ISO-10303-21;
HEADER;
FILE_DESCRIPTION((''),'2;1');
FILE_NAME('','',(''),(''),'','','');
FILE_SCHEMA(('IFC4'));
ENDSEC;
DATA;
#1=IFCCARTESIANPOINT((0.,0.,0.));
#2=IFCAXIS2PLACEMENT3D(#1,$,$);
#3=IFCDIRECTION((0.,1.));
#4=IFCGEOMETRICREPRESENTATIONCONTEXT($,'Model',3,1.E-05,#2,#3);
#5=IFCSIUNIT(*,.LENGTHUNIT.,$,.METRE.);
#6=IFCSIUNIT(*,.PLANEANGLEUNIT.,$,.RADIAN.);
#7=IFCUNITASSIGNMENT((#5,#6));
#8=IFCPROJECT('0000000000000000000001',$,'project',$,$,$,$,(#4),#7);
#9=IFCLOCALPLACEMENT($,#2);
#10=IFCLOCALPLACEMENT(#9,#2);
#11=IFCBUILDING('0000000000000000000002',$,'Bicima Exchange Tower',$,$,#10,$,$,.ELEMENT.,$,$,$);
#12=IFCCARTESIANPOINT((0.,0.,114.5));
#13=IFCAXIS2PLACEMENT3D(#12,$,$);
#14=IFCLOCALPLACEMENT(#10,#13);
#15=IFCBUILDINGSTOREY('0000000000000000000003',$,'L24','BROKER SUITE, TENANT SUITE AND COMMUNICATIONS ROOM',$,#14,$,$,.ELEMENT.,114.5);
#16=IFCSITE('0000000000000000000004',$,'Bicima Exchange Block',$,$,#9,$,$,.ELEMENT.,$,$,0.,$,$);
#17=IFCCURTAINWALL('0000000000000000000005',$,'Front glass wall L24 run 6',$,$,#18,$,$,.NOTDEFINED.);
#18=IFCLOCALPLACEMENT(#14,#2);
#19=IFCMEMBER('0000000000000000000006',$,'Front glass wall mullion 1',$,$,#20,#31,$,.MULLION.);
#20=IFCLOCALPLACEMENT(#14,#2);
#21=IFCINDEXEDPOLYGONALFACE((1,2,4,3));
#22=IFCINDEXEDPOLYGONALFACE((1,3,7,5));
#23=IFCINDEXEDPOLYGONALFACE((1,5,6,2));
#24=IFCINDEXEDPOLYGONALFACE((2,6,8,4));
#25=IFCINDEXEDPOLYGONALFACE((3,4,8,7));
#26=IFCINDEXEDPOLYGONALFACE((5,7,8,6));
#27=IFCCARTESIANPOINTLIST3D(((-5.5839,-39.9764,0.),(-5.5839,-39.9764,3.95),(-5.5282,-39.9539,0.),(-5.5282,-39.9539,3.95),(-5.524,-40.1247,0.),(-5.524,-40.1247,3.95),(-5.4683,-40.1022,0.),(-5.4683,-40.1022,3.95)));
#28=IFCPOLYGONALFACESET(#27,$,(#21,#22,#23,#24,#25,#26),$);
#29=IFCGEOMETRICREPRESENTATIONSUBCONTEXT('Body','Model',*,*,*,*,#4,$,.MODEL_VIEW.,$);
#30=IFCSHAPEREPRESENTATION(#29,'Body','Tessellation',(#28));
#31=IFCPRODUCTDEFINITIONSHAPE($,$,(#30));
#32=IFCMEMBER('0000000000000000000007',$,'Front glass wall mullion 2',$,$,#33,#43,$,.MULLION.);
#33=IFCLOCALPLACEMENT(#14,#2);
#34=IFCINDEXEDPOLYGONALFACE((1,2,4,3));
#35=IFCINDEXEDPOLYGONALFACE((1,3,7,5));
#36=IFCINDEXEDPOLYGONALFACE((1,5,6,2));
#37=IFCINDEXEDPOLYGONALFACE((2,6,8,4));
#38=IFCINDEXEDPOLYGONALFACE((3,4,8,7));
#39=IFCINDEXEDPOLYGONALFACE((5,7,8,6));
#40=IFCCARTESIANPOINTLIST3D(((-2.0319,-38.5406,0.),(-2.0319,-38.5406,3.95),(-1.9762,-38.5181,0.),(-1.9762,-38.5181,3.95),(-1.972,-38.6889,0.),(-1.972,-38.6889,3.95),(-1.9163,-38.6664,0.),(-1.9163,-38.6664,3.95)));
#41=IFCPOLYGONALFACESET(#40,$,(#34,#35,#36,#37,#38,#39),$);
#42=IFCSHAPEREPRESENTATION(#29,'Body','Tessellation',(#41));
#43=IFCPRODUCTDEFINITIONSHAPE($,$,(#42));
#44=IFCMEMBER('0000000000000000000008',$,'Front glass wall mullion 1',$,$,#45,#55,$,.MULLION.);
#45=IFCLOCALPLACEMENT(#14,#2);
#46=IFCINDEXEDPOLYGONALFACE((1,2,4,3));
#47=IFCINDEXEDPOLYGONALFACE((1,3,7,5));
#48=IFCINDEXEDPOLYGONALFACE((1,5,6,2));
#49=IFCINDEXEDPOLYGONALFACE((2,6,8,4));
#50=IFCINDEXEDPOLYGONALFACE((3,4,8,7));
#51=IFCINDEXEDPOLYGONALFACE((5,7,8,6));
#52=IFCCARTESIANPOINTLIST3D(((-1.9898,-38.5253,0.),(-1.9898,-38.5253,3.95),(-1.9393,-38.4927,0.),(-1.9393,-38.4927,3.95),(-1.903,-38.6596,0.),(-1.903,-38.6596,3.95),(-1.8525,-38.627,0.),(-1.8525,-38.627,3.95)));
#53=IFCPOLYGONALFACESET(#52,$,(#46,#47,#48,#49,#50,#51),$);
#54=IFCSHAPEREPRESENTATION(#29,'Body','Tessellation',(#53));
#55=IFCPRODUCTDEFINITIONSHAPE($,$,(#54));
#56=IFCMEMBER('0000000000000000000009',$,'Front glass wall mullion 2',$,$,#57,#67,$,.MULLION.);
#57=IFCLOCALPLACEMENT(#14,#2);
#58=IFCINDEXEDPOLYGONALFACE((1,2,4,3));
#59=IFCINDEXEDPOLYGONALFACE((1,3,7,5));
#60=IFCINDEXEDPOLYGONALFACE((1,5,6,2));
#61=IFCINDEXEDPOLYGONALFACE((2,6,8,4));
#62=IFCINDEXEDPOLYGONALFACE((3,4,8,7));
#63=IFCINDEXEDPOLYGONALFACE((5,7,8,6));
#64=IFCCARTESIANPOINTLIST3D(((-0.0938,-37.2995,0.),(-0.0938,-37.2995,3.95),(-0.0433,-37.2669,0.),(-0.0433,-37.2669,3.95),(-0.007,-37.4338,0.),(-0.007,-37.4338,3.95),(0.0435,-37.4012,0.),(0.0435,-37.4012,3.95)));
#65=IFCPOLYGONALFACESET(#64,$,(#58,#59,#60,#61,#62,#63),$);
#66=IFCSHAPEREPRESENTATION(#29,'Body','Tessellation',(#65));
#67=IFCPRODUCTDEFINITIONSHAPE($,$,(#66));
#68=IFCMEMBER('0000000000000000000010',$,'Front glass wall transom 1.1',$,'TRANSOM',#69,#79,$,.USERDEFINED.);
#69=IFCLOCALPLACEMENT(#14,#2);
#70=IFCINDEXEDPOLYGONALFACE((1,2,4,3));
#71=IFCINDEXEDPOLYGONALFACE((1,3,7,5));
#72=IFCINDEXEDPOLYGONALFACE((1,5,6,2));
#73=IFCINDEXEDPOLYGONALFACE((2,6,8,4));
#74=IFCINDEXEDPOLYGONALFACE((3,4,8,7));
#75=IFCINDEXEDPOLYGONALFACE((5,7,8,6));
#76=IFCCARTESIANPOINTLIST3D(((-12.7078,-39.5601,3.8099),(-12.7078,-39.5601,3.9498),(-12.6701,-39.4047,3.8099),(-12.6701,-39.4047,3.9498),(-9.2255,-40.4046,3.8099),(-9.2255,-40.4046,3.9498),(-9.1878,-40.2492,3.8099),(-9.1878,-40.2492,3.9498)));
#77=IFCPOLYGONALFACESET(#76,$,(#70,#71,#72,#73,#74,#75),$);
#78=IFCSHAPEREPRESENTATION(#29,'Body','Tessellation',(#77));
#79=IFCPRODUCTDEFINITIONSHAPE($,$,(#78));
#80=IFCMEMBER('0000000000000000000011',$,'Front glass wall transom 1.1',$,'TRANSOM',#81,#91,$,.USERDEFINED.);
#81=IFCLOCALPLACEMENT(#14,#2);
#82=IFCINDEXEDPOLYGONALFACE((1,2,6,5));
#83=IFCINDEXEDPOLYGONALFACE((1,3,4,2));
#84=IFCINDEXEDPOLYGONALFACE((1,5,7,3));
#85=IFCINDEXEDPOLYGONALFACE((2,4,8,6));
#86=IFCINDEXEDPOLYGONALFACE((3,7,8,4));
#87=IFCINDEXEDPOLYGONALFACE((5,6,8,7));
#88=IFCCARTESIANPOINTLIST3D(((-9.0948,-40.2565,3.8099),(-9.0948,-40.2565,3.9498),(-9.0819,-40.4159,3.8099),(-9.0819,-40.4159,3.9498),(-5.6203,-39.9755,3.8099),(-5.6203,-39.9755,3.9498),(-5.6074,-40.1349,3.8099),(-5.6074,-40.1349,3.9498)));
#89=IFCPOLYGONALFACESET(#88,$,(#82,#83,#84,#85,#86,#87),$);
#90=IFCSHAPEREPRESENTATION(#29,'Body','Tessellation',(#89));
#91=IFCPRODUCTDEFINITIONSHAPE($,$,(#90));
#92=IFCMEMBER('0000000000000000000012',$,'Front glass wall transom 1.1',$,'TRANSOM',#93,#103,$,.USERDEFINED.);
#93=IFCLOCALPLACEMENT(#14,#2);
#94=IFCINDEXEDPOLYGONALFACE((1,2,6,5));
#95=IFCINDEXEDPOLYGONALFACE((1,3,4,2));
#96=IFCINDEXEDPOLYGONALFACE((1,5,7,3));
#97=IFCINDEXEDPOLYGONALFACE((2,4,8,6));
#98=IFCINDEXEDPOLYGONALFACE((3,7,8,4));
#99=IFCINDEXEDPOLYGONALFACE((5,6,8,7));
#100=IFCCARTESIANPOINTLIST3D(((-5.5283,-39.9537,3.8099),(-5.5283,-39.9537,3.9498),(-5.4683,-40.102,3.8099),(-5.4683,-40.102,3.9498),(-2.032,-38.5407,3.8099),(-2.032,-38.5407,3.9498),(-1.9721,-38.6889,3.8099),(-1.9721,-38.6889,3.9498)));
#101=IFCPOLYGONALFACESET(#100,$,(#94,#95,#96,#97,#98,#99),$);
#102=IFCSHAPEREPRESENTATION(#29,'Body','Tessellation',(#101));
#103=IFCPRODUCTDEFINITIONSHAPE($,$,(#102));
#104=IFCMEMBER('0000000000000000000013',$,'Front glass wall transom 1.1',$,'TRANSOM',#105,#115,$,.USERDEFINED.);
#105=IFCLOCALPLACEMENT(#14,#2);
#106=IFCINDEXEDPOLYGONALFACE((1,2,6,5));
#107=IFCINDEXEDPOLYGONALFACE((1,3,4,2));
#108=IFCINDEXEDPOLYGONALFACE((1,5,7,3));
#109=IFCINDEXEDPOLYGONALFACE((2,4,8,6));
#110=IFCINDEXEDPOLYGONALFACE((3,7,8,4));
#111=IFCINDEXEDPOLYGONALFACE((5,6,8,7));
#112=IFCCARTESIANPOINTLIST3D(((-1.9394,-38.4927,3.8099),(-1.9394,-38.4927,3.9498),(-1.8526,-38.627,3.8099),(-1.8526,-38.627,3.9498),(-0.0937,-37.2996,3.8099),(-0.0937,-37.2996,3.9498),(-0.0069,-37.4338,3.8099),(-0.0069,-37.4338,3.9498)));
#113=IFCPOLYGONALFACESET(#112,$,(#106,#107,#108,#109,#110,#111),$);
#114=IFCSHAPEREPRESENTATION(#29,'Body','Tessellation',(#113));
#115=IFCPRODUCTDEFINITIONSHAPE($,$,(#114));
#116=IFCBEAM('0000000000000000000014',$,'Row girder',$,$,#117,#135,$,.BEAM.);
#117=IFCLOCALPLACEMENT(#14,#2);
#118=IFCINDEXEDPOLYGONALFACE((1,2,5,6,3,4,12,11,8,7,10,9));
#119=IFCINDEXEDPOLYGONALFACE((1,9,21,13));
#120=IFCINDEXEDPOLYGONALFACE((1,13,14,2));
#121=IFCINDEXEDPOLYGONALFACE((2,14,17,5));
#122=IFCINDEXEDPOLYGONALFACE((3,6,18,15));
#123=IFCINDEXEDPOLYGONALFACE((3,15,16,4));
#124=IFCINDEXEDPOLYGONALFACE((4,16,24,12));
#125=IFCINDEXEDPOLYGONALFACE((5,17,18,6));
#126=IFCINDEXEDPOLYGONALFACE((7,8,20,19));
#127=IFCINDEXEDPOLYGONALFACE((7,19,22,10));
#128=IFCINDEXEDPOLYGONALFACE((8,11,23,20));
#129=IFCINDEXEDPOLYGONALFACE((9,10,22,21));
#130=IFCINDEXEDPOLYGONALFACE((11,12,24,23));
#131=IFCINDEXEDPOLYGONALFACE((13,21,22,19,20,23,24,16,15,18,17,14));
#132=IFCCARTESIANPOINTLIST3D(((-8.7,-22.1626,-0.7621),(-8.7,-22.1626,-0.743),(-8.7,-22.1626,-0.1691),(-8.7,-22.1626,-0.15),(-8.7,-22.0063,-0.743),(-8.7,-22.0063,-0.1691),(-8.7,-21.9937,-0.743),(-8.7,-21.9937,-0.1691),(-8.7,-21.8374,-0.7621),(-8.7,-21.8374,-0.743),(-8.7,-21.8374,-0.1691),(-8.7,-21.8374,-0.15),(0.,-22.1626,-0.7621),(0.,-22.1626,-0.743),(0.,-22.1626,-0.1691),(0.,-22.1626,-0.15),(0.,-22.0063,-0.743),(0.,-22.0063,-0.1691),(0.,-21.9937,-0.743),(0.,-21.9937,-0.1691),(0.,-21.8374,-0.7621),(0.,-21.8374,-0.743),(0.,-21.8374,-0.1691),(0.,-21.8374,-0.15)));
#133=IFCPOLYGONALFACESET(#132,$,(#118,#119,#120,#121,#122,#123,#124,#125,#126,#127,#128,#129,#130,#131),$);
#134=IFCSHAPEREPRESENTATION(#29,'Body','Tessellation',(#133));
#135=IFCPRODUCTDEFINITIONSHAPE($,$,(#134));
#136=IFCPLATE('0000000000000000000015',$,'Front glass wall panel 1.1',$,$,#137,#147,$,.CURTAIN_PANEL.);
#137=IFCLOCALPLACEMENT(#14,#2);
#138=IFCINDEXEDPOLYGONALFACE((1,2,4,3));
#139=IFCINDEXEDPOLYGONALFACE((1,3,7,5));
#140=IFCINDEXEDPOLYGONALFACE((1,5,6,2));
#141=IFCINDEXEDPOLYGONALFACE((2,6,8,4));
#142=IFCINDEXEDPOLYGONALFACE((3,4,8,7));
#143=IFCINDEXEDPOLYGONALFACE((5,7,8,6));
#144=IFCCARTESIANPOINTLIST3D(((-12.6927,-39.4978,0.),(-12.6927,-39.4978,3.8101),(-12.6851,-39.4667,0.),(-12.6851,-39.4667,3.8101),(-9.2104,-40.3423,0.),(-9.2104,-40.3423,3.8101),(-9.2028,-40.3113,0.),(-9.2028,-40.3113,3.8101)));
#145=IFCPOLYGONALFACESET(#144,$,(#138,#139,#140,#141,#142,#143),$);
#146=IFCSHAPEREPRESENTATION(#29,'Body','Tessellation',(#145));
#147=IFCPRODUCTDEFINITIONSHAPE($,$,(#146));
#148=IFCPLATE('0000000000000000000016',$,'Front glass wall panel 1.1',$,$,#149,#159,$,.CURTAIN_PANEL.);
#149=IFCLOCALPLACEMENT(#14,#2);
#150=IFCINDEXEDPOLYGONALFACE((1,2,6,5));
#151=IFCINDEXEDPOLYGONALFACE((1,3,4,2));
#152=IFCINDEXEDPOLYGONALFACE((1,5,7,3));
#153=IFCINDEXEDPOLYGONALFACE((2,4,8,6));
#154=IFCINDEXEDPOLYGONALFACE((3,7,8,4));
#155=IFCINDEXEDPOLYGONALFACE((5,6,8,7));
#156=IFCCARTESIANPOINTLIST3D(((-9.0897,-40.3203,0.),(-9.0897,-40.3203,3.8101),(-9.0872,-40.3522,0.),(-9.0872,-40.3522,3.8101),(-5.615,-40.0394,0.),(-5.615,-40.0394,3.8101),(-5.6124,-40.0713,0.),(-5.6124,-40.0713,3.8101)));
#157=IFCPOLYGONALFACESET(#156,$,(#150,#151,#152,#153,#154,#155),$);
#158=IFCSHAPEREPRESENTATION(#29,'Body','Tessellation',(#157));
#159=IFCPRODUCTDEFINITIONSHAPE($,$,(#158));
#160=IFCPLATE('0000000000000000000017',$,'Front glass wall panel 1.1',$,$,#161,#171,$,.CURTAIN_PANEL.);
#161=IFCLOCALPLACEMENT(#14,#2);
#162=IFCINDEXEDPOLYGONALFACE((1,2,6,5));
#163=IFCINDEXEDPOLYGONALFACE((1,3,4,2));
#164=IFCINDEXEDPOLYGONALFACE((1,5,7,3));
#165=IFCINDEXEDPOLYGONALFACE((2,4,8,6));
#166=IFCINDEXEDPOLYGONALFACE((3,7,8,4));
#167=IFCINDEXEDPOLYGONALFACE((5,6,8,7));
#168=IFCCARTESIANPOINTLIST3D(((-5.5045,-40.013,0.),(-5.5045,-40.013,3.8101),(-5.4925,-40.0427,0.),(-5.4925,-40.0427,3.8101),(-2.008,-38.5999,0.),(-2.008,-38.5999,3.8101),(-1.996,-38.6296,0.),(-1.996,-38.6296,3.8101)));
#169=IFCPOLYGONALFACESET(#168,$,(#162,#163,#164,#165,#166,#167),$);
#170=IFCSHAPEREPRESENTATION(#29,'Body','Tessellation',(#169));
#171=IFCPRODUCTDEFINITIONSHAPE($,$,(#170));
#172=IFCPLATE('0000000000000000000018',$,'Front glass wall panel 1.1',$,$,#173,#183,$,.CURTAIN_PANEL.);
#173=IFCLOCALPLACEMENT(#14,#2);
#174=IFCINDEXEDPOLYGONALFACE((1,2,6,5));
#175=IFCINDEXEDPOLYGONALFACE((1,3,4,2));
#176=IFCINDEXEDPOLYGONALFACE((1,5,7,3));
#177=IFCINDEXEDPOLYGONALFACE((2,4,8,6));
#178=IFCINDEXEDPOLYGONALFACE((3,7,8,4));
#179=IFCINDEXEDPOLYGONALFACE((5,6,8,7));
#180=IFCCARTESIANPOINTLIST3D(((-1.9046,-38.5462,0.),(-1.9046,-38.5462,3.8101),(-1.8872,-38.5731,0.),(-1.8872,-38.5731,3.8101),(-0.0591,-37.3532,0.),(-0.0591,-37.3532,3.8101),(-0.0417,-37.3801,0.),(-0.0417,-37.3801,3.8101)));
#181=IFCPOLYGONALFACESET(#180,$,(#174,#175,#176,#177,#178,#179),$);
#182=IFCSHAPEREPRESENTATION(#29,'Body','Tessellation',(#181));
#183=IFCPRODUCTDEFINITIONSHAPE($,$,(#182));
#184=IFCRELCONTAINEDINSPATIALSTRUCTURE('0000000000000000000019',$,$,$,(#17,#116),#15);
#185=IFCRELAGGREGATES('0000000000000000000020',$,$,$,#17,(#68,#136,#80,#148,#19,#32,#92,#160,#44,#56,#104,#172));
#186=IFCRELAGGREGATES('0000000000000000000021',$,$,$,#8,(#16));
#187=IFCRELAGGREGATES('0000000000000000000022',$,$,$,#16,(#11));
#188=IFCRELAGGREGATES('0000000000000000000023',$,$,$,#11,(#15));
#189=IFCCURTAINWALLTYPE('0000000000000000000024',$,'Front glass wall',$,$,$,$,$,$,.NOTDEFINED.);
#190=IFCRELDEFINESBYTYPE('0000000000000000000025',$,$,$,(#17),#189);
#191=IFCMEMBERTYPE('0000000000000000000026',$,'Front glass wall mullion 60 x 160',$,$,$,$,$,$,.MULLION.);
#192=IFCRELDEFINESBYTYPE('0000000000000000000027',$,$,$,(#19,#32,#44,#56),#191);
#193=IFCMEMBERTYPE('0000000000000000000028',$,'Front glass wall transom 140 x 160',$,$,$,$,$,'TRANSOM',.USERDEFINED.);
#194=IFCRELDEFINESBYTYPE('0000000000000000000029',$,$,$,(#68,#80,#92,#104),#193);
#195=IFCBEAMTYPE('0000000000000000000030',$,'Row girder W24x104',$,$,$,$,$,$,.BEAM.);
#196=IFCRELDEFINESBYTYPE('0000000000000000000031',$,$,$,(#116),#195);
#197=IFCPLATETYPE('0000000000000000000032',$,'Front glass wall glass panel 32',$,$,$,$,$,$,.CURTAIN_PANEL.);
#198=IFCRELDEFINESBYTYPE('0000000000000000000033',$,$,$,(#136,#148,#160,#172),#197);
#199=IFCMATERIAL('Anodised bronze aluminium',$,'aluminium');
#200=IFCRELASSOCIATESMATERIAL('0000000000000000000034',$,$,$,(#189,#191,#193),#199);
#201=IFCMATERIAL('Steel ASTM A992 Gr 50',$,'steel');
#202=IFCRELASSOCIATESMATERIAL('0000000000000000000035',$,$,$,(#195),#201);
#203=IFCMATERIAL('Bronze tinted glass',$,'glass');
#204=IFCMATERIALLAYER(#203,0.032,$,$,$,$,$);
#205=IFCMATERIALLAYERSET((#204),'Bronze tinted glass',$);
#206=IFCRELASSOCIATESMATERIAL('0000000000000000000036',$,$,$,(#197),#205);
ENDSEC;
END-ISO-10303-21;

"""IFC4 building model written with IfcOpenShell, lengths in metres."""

from ifc_helpers import new_model, si_unit, direction, frame, origin, origin_2d, place, context, subcontext, project, spatial, rectangle, i_section, extrude, material, layer, layer_set, material_profile, profile_set, type_object, element, aggregate, save


model = new_model("IFC4")

# Units and contexts
model_context = context("Model", 3, precision=1e-05, world=origin(), true_north=direction((0.0, 1.0)))
body_context = subcontext(model_context, "Body", "Model", "MODEL_VIEW")
ifc_project = project(units=[si_unit("LENGTHUNIT", "METRE"), si_unit("PLANEANGLEUNIT", "RADIAN")], contexts=[model_context])

# Site, building, storey
site_placement = place(None, origin())
site = spatial("IfcSite", under=ifc_project, at=site_placement, Name="Bicima Exchange Block", CompositionType="ELEMENT", RefElevation=0.0)
building_placement = place(site_placement, origin())
building = spatial("IfcBuilding", under=site, at=building_placement, Name="Bicima Exchange Tower", CompositionType="ELEMENT")
storey_placement = place(building_placement, frame((0.0, 0.0, 114.5)))
storey = spatial("IfcBuildingStorey", under=building, at=storey_placement, Name="L24", Description="BROKER SUITE, TENANT SUITE AND COMMUNICATIONS ROOM", CompositionType="ELEMENT", Elevation=114.5)

# Shared definitions
ifc_material_1 = material(Name="Steel ASTM A992 Gr 50", Category="steel")

# Curtain wall, members
ifc_material_2 = material(Name="Anodised bronze aluminium", Category="aluminium")
curtain_wall_type = type_object("IfcCurtainWallType", Name="Front glass wall", PredefinedType="NOTDEFINED", material=ifc_material_2)
curtain_wall_placement = place(storey_placement, origin())
curtain_wall = element("IfcCurtainWall", 1, at=curtain_wall_placement, inside=storey, type_object=curtain_wall_type, Name="Front glass wall L24 run 6", PredefinedType="NOTDEFINED")
ifc_material_profile_1 = material_profile(ifc_material_2, rectangle(XDim=0.1599, YDim=0.0601, at=origin_2d()))
ifc_profile_set_1 = profile_set([ifc_material_profile_1], Name="Anodised bronze aluminium")
member_type_1 = type_object("IfcMemberType", Name="Front glass wall mullion 60 x 160", PredefinedType="MULLION", material=ifc_profile_set_1)
member_1_placement = place(storey_placement, frame((-5.5261, -40.0393, 0.0), z_axis=(0.0, 0.0, 1.0), x_axis=(-0.374705, 0.927144, 0.0)))
member_1 = element("IfcMember", 2, at=member_1_placement, type_object=member_type_1, Name="Front glass wall mullion 1", PredefinedType="MULLION", context=body_context, shape_type="SweptSolid", body=[
    extrude(rectangle(XDim=0.1599, YDim=0.0601, at=origin_2d()), origin(), (0.0, 0.0, 1.0), 3.95),
])
member_2_placement = place(storey_placement, frame((-1.9741, -38.6035, 0.0), z_axis=(0.0, 0.0, 1.0), x_axis=(-0.374705, 0.927144, 0.0)))
member_2 = element("IfcMember", 3, at=member_2_placement, type_object=member_type_1, Name="Front glass wall mullion 2", PredefinedType="MULLION", context=body_context, shape_type="SweptSolid", body=[
    extrude(rectangle(XDim=0.1599, YDim=0.0601, at=origin_2d()), origin(), (0.0, 0.0, 1.0), 3.95),
])
member_3_placement = place(storey_placement, frame((-1.9211, -38.5762, 0.0), z_axis=(0.0, 0.0, 1.0), x_axis=(-0.542897, 0.839799, 0.0)))
member_3 = element("IfcMember", 4, at=member_3_placement, type_object=member_type_1, Name="Front glass wall mullion 1", PredefinedType="MULLION", context=body_context, shape_type="SweptSolid", body=[
    extrude(rectangle(XDim=0.1599, YDim=0.0601, at=origin_2d()), origin(), (0.0, 0.0, 1.0), 3.95),
])
member_4_placement = place(storey_placement, frame((-0.0251, -37.3503, 0.0), z_axis=(0.0, 0.0, 1.0), x_axis=(-0.542897, 0.839799, 0.0)))
member_4 = element("IfcMember", 5, at=member_4_placement, type_object=member_type_1, Name="Front glass wall mullion 2", PredefinedType="MULLION", context=body_context, shape_type="SweptSolid", body=[
    extrude(rectangle(XDim=0.1599, YDim=0.0601, at=origin_2d()), origin(), (0.0, 0.0, 1.0), 3.95),
])
ifc_material_profile_2 = material_profile(ifc_material_2, rectangle(XDim=0.1599, YDim=0.1399, at=origin_2d()))
ifc_profile_set_2 = profile_set([ifc_material_profile_2], Name="Anodised bronze aluminium")
member_type_2 = type_object("IfcMemberType", Name="Front glass wall transom 140 x 160", ElementType="TRANSOM", PredefinedType="USERDEFINED", material=ifc_profile_set_2)
member_5_placement = place(storey_placement, frame((-12.689, -39.4824, 3.8799), z_axis=(0.971834, -0.235668, 0.0), x_axis=(0.235668, 0.971834, 0.0)))
member_5 = element("IfcMember", 6, at=member_5_placement, type_object=member_type_2, Name="Front glass wall transom 1.1", ObjectType="TRANSOM", PredefinedType="USERDEFINED", context=body_context, shape_type="SweptSolid", body=[
    extrude(rectangle(XDim=0.1599, YDim=0.1399, at=origin_2d()), origin(), (0.0, 0.0, 1.0), 3.5833),
])
member_6_placement = place(storey_placement, frame((-9.0884, -40.3362, 3.8799), z_axis=(0.996746, 0.080611, 0.0), x_axis=(-0.080611, 0.996746, 0.0)))
member_6 = element("IfcMember", 7, at=member_6_placement, type_object=member_type_2, Name="Front glass wall transom 1.1", ObjectType="TRANSOM", PredefinedType="USERDEFINED", context=body_context, shape_type="SweptSolid", body=[
    extrude(rectangle(XDim=0.1599, YDim=0.1399, at=origin_2d()), origin(), (0.0, 0.0, 1.0), 3.4858),
])
member_7_placement = place(storey_placement, frame((-5.4983, -40.0278, 3.8799), z_axis=(0.92714, 0.374715, 0.0), x_axis=(-0.374715, 0.92714, 0.0)))
member_7 = element("IfcMember", 8, at=member_7_placement, type_object=member_type_2, Name="Front glass wall transom 1.1", ObjectType="TRANSOM", PredefinedType="USERDEFINED", context=body_context, shape_type="SweptSolid", body=[
    extrude(rectangle(XDim=0.1599, YDim=0.1399, at=origin_2d()), origin(), (0.0, 0.0, 1.0), 3.771),
])
member_8_placement = place(storey_placement, frame((-1.896, -38.5598, 3.8799), z_axis=(0.839811, 0.542878, 0.0), x_axis=(-0.542878, 0.839811, 0.0)))
member_8 = element("IfcMember", 9, at=member_8_placement, type_object=member_type_2, Name="Front glass wall transom 1.1", ObjectType="TRANSOM", PredefinedType="USERDEFINED", context=body_context, shape_type="SweptSolid", body=[
    extrude(rectangle(XDim=0.1599, YDim=0.1399, at=origin_2d()), origin(), (0.0, 0.0, 1.0), 2.1978),
])

# Beam
ifc_material_profile_3 = material_profile(ifc_material_1, i_section(OverallWidth=0.3252, OverallDepth=0.6121, WebThickness=0.0127, FlangeThickness=0.019, at=origin_2d()))
ifc_profile_set_3 = profile_set([ifc_material_profile_3], Name="Steel ASTM A992 Gr 50")
beam_type_1 = type_object("IfcBeamType", Name="Row girder W24x104", PredefinedType="BEAM", material=ifc_profile_set_3)
beam_1_placement = place(storey_placement, frame((-8.7, -22.0, -0.4561), z_axis=(1.0, 0.0, 0.0), x_axis=(0.0, 1.0, 0.0)))
element("IfcBeam", 10, at=beam_1_placement, inside=storey, type_object=beam_type_1, Name="Row girder", PredefinedType="BEAM", context=body_context, shape_type="SweptSolid", body=[
    extrude(i_section(OverallWidth=0.3252, OverallDepth=0.6121, WebThickness=0.0127, FlangeThickness=0.019, at=origin_2d()), origin(), (0.0, 0.0, 1.0), 8.7),
])

# Plates
ifc_material_3 = material(Name="Bronze tinted glass", Category="glass")
ifc_layer_1 = layer(ifc_material_3, 0.032)
ifc_layer_set_1 = layer_set([ifc_layer_1], Name="Bronze tinted glass")
plate_type = type_object("IfcPlateType", Name="Front glass wall glass panel 32", PredefinedType="CURTAIN_PANEL", material=ifc_layer_set_1)
plate_1_placement = place(storey_placement, frame((-10.9478, -39.9045, 0.0), z_axis=(0.0, 0.0, 1.0), x_axis=(0.97183, -0.235682, 0.0)))
plate_1 = element("IfcPlate", 11, at=plate_1_placement, type_object=plate_type, Name="Front glass wall panel 1.1", PredefinedType="CURTAIN_PANEL", context=body_context, shape_type="SweptSolid", body=[
    extrude(rectangle(XDim=3.5833, YDim=0.032, at=origin_2d()), origin(), (0.0, 0.0, 1.0), 3.8101),
])
plate_2_placement = place(storey_placement, frame((-7.3511, -40.1958, 0.0), z_axis=(0.0, 0.0, 1.0), x_axis=(0.996747, 0.080589, 0.0)))
plate_2 = element("IfcPlate", 12, at=plate_2_placement, type_object=plate_type, Name="Front glass wall panel 1.1", PredefinedType="CURTAIN_PANEL", context=body_context, shape_type="SweptSolid", body=[
    extrude(rectangle(XDim=3.4861, YDim=0.032, at=origin_2d()), origin(), (0.0, 0.0, 1.0), 3.8101),
])
plate_3_placement = place(storey_placement, frame((-3.7502, -39.3213, 0.0), z_axis=(0.0, 0.0, 1.0), x_axis=(0.927144, 0.374705, 0.0)))
plate_3 = element("IfcPlate", 13, at=plate_3_placement, type_object=plate_type, Name="Front glass wall panel 1.1", PredefinedType="CURTAIN_PANEL", context=body_context, shape_type="SweptSolid", body=[
    extrude(rectangle(XDim=3.7712, YDim=0.032, at=origin_2d()), origin(), (0.0, 0.0, 1.0), 3.8101),
])
plate_4_placement = place(storey_placement, frame((-0.9731, -37.9631, 0.0), z_axis=(0.0, 0.0, 1.0), x_axis=(0.839799, 0.542897, 0.0)))
plate_4 = element("IfcPlate", 14, at=plate_4_placement, type_object=plate_type, Name="Front glass wall panel 1.1", PredefinedType="CURTAIN_PANEL", context=body_context, shape_type="SweptSolid", body=[
    extrude(rectangle(XDim=2.1975, YDim=0.032, at=origin_2d()), origin(), (0.0, 0.0, 1.0), 3.8101),
])
aggregate(curtain_wall, [member_5, plate_1, member_6, plate_2, member_1, member_2, member_7, plate_3, member_3, member_4, member_8, plate_4])

save(model, "model.ifc")
